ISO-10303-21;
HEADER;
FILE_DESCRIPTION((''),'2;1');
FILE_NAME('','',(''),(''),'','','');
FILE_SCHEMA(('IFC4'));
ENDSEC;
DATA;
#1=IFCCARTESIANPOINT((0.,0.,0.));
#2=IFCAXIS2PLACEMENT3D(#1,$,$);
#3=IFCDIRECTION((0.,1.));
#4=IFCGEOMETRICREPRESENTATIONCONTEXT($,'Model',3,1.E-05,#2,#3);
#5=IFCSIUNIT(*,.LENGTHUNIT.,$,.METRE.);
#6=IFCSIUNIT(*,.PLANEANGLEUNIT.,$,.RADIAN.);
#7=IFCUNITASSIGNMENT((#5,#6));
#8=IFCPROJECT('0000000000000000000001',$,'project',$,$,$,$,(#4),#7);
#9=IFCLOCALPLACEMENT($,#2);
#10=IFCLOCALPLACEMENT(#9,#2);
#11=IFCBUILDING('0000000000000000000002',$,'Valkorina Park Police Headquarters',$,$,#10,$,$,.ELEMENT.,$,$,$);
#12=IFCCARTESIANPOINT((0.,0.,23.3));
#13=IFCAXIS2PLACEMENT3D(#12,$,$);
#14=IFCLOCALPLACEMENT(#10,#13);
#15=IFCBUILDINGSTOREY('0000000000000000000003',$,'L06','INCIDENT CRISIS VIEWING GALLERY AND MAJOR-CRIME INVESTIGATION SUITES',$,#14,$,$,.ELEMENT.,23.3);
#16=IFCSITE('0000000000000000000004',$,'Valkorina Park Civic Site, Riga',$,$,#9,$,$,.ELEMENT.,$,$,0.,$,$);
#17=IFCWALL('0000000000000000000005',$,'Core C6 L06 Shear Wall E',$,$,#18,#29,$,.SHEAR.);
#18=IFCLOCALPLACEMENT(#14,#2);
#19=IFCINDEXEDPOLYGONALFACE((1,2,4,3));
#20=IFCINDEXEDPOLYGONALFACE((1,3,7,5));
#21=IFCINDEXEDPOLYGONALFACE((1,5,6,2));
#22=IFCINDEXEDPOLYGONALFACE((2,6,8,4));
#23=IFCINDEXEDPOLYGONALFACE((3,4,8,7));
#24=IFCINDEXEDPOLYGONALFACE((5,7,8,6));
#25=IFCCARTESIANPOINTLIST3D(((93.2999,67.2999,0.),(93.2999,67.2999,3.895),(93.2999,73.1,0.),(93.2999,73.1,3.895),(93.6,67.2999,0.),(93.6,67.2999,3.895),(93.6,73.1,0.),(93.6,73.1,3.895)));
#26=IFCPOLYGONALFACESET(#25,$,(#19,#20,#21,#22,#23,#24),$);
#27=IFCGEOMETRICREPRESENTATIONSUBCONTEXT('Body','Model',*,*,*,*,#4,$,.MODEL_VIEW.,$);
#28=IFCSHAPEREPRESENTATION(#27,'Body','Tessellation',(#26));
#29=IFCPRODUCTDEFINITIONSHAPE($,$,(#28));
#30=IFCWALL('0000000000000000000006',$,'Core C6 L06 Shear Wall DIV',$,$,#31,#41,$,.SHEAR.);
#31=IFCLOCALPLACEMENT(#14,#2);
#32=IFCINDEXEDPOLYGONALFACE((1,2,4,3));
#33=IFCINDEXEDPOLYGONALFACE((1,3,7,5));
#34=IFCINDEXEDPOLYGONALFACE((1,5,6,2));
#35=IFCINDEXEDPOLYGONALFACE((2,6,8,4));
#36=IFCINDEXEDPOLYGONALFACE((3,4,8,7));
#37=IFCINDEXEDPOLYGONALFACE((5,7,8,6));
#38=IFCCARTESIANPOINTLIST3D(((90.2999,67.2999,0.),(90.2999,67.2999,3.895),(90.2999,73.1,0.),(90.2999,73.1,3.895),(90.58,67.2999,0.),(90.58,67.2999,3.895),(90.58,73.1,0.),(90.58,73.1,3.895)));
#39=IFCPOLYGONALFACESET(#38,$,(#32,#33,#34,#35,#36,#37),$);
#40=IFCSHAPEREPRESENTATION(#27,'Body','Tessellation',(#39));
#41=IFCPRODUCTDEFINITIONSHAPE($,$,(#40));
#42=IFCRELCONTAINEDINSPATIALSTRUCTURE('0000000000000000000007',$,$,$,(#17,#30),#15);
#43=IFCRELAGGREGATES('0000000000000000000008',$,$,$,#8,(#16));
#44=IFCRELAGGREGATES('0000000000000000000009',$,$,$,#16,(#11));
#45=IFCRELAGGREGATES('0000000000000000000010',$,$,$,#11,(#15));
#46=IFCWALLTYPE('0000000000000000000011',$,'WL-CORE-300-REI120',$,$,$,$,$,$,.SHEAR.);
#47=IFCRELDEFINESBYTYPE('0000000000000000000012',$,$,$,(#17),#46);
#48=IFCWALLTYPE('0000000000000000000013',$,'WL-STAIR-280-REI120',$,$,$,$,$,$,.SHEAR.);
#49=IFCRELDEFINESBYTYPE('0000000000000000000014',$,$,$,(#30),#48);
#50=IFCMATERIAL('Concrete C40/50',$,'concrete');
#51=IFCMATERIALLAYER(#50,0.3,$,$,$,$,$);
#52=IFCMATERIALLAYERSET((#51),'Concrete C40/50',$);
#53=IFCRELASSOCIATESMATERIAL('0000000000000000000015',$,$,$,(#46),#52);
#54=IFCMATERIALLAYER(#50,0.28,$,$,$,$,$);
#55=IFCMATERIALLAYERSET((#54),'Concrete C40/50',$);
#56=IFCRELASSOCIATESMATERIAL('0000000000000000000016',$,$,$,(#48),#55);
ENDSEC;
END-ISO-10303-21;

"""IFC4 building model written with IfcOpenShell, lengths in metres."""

from ifc_helpers import new_model, si_unit, direction, frame, frame_2d, origin, place, context, subcontext, project, spatial, rectangle, extrude, material, layer, layer_set, type_object, element, save


model = new_model("IFC4")

# Units and contexts
model_context = context("Model", 3, precision=1e-05, world=origin(), true_north=direction((0.0, 1.0)))
body_context = subcontext(model_context, "Body", "Model", "MODEL_VIEW")
ifc_project = project(units=[si_unit("LENGTHUNIT", "METRE"), si_unit("PLANEANGLEUNIT", "RADIAN")], contexts=[model_context])

# Site, building, storey
site_placement = place(None, origin())
site = spatial("IfcSite", under=ifc_project, at=site_placement, Name="Valkorina Park Civic Site, Riga", CompositionType="ELEMENT", RefElevation=0.0)
building_placement = place(site_placement, origin())
building = spatial("IfcBuilding", under=site, at=building_placement, Name="Valkorina Park Police Headquarters", CompositionType="ELEMENT")
storey_placement = place(building_placement, frame((0.0, 0.0, 23.3)))
storey = spatial("IfcBuildingStorey", under=building, at=storey_placement, Name="L06", Description="INCIDENT CRISIS VIEWING GALLERY AND MAJOR-CRIME INVESTIGATION SUITES", CompositionType="ELEMENT", Elevation=23.3)

# Walls
ifc_material_1 = material(Name="Concrete C40/50", Category="concrete")
ifc_layer_1 = layer(ifc_material_1, 0.3)
ifc_layer_set_1 = layer_set([ifc_layer_1], Name="Concrete C40/50")
wall_type_1 = type_object("IfcWallType", Name="WL-CORE-300-REI120", PredefinedType="SHEAR", material=ifc_layer_set_1)
wall_1_placement = place(storey_placement, frame((93.45, 67.3, 0.0), z_axis=(0.0, 0.0, 1.0), x_axis=(0.0, 1.0, 0.0)))
element("IfcWall", 1, at=wall_1_placement, inside=storey, type_object=wall_type_1, Name="Core C6 L06 Shear Wall E", PredefinedType="SHEAR", context=body_context, shape_type="SweptSolid", body=[
    extrude(rectangle(XDim=5.8, YDim=0.3, at=frame_2d((2.8999, 0.0))), origin(), (0.0, 0.0, 1.0), 3.895),
])
ifc_layer_2 = layer(ifc_material_1, 0.28)
ifc_layer_set_2 = layer_set([ifc_layer_2], Name="Concrete C40/50")
wall_type_2 = type_object("IfcWallType", Name="WL-STAIR-280-REI120", PredefinedType="SHEAR", material=ifc_layer_set_2)
wall_2_placement = place(storey_placement, frame((90.4399, 67.3, 0.0), z_axis=(0.0, 0.0, 1.0), x_axis=(0.0, 1.0, 0.0)))
element("IfcWall", 2, at=wall_2_placement, inside=storey, type_object=wall_type_2, Name="Core C6 L06 Shear Wall DIV", PredefinedType="SHEAR", context=body_context, shape_type="SweptSolid", body=[
    extrude(rectangle(XDim=5.8, YDim=0.28, at=frame_2d((2.8999, 0.0))), origin(), (0.0, 0.0, 1.0), 3.895),
])

save(model, "model.ifc")
